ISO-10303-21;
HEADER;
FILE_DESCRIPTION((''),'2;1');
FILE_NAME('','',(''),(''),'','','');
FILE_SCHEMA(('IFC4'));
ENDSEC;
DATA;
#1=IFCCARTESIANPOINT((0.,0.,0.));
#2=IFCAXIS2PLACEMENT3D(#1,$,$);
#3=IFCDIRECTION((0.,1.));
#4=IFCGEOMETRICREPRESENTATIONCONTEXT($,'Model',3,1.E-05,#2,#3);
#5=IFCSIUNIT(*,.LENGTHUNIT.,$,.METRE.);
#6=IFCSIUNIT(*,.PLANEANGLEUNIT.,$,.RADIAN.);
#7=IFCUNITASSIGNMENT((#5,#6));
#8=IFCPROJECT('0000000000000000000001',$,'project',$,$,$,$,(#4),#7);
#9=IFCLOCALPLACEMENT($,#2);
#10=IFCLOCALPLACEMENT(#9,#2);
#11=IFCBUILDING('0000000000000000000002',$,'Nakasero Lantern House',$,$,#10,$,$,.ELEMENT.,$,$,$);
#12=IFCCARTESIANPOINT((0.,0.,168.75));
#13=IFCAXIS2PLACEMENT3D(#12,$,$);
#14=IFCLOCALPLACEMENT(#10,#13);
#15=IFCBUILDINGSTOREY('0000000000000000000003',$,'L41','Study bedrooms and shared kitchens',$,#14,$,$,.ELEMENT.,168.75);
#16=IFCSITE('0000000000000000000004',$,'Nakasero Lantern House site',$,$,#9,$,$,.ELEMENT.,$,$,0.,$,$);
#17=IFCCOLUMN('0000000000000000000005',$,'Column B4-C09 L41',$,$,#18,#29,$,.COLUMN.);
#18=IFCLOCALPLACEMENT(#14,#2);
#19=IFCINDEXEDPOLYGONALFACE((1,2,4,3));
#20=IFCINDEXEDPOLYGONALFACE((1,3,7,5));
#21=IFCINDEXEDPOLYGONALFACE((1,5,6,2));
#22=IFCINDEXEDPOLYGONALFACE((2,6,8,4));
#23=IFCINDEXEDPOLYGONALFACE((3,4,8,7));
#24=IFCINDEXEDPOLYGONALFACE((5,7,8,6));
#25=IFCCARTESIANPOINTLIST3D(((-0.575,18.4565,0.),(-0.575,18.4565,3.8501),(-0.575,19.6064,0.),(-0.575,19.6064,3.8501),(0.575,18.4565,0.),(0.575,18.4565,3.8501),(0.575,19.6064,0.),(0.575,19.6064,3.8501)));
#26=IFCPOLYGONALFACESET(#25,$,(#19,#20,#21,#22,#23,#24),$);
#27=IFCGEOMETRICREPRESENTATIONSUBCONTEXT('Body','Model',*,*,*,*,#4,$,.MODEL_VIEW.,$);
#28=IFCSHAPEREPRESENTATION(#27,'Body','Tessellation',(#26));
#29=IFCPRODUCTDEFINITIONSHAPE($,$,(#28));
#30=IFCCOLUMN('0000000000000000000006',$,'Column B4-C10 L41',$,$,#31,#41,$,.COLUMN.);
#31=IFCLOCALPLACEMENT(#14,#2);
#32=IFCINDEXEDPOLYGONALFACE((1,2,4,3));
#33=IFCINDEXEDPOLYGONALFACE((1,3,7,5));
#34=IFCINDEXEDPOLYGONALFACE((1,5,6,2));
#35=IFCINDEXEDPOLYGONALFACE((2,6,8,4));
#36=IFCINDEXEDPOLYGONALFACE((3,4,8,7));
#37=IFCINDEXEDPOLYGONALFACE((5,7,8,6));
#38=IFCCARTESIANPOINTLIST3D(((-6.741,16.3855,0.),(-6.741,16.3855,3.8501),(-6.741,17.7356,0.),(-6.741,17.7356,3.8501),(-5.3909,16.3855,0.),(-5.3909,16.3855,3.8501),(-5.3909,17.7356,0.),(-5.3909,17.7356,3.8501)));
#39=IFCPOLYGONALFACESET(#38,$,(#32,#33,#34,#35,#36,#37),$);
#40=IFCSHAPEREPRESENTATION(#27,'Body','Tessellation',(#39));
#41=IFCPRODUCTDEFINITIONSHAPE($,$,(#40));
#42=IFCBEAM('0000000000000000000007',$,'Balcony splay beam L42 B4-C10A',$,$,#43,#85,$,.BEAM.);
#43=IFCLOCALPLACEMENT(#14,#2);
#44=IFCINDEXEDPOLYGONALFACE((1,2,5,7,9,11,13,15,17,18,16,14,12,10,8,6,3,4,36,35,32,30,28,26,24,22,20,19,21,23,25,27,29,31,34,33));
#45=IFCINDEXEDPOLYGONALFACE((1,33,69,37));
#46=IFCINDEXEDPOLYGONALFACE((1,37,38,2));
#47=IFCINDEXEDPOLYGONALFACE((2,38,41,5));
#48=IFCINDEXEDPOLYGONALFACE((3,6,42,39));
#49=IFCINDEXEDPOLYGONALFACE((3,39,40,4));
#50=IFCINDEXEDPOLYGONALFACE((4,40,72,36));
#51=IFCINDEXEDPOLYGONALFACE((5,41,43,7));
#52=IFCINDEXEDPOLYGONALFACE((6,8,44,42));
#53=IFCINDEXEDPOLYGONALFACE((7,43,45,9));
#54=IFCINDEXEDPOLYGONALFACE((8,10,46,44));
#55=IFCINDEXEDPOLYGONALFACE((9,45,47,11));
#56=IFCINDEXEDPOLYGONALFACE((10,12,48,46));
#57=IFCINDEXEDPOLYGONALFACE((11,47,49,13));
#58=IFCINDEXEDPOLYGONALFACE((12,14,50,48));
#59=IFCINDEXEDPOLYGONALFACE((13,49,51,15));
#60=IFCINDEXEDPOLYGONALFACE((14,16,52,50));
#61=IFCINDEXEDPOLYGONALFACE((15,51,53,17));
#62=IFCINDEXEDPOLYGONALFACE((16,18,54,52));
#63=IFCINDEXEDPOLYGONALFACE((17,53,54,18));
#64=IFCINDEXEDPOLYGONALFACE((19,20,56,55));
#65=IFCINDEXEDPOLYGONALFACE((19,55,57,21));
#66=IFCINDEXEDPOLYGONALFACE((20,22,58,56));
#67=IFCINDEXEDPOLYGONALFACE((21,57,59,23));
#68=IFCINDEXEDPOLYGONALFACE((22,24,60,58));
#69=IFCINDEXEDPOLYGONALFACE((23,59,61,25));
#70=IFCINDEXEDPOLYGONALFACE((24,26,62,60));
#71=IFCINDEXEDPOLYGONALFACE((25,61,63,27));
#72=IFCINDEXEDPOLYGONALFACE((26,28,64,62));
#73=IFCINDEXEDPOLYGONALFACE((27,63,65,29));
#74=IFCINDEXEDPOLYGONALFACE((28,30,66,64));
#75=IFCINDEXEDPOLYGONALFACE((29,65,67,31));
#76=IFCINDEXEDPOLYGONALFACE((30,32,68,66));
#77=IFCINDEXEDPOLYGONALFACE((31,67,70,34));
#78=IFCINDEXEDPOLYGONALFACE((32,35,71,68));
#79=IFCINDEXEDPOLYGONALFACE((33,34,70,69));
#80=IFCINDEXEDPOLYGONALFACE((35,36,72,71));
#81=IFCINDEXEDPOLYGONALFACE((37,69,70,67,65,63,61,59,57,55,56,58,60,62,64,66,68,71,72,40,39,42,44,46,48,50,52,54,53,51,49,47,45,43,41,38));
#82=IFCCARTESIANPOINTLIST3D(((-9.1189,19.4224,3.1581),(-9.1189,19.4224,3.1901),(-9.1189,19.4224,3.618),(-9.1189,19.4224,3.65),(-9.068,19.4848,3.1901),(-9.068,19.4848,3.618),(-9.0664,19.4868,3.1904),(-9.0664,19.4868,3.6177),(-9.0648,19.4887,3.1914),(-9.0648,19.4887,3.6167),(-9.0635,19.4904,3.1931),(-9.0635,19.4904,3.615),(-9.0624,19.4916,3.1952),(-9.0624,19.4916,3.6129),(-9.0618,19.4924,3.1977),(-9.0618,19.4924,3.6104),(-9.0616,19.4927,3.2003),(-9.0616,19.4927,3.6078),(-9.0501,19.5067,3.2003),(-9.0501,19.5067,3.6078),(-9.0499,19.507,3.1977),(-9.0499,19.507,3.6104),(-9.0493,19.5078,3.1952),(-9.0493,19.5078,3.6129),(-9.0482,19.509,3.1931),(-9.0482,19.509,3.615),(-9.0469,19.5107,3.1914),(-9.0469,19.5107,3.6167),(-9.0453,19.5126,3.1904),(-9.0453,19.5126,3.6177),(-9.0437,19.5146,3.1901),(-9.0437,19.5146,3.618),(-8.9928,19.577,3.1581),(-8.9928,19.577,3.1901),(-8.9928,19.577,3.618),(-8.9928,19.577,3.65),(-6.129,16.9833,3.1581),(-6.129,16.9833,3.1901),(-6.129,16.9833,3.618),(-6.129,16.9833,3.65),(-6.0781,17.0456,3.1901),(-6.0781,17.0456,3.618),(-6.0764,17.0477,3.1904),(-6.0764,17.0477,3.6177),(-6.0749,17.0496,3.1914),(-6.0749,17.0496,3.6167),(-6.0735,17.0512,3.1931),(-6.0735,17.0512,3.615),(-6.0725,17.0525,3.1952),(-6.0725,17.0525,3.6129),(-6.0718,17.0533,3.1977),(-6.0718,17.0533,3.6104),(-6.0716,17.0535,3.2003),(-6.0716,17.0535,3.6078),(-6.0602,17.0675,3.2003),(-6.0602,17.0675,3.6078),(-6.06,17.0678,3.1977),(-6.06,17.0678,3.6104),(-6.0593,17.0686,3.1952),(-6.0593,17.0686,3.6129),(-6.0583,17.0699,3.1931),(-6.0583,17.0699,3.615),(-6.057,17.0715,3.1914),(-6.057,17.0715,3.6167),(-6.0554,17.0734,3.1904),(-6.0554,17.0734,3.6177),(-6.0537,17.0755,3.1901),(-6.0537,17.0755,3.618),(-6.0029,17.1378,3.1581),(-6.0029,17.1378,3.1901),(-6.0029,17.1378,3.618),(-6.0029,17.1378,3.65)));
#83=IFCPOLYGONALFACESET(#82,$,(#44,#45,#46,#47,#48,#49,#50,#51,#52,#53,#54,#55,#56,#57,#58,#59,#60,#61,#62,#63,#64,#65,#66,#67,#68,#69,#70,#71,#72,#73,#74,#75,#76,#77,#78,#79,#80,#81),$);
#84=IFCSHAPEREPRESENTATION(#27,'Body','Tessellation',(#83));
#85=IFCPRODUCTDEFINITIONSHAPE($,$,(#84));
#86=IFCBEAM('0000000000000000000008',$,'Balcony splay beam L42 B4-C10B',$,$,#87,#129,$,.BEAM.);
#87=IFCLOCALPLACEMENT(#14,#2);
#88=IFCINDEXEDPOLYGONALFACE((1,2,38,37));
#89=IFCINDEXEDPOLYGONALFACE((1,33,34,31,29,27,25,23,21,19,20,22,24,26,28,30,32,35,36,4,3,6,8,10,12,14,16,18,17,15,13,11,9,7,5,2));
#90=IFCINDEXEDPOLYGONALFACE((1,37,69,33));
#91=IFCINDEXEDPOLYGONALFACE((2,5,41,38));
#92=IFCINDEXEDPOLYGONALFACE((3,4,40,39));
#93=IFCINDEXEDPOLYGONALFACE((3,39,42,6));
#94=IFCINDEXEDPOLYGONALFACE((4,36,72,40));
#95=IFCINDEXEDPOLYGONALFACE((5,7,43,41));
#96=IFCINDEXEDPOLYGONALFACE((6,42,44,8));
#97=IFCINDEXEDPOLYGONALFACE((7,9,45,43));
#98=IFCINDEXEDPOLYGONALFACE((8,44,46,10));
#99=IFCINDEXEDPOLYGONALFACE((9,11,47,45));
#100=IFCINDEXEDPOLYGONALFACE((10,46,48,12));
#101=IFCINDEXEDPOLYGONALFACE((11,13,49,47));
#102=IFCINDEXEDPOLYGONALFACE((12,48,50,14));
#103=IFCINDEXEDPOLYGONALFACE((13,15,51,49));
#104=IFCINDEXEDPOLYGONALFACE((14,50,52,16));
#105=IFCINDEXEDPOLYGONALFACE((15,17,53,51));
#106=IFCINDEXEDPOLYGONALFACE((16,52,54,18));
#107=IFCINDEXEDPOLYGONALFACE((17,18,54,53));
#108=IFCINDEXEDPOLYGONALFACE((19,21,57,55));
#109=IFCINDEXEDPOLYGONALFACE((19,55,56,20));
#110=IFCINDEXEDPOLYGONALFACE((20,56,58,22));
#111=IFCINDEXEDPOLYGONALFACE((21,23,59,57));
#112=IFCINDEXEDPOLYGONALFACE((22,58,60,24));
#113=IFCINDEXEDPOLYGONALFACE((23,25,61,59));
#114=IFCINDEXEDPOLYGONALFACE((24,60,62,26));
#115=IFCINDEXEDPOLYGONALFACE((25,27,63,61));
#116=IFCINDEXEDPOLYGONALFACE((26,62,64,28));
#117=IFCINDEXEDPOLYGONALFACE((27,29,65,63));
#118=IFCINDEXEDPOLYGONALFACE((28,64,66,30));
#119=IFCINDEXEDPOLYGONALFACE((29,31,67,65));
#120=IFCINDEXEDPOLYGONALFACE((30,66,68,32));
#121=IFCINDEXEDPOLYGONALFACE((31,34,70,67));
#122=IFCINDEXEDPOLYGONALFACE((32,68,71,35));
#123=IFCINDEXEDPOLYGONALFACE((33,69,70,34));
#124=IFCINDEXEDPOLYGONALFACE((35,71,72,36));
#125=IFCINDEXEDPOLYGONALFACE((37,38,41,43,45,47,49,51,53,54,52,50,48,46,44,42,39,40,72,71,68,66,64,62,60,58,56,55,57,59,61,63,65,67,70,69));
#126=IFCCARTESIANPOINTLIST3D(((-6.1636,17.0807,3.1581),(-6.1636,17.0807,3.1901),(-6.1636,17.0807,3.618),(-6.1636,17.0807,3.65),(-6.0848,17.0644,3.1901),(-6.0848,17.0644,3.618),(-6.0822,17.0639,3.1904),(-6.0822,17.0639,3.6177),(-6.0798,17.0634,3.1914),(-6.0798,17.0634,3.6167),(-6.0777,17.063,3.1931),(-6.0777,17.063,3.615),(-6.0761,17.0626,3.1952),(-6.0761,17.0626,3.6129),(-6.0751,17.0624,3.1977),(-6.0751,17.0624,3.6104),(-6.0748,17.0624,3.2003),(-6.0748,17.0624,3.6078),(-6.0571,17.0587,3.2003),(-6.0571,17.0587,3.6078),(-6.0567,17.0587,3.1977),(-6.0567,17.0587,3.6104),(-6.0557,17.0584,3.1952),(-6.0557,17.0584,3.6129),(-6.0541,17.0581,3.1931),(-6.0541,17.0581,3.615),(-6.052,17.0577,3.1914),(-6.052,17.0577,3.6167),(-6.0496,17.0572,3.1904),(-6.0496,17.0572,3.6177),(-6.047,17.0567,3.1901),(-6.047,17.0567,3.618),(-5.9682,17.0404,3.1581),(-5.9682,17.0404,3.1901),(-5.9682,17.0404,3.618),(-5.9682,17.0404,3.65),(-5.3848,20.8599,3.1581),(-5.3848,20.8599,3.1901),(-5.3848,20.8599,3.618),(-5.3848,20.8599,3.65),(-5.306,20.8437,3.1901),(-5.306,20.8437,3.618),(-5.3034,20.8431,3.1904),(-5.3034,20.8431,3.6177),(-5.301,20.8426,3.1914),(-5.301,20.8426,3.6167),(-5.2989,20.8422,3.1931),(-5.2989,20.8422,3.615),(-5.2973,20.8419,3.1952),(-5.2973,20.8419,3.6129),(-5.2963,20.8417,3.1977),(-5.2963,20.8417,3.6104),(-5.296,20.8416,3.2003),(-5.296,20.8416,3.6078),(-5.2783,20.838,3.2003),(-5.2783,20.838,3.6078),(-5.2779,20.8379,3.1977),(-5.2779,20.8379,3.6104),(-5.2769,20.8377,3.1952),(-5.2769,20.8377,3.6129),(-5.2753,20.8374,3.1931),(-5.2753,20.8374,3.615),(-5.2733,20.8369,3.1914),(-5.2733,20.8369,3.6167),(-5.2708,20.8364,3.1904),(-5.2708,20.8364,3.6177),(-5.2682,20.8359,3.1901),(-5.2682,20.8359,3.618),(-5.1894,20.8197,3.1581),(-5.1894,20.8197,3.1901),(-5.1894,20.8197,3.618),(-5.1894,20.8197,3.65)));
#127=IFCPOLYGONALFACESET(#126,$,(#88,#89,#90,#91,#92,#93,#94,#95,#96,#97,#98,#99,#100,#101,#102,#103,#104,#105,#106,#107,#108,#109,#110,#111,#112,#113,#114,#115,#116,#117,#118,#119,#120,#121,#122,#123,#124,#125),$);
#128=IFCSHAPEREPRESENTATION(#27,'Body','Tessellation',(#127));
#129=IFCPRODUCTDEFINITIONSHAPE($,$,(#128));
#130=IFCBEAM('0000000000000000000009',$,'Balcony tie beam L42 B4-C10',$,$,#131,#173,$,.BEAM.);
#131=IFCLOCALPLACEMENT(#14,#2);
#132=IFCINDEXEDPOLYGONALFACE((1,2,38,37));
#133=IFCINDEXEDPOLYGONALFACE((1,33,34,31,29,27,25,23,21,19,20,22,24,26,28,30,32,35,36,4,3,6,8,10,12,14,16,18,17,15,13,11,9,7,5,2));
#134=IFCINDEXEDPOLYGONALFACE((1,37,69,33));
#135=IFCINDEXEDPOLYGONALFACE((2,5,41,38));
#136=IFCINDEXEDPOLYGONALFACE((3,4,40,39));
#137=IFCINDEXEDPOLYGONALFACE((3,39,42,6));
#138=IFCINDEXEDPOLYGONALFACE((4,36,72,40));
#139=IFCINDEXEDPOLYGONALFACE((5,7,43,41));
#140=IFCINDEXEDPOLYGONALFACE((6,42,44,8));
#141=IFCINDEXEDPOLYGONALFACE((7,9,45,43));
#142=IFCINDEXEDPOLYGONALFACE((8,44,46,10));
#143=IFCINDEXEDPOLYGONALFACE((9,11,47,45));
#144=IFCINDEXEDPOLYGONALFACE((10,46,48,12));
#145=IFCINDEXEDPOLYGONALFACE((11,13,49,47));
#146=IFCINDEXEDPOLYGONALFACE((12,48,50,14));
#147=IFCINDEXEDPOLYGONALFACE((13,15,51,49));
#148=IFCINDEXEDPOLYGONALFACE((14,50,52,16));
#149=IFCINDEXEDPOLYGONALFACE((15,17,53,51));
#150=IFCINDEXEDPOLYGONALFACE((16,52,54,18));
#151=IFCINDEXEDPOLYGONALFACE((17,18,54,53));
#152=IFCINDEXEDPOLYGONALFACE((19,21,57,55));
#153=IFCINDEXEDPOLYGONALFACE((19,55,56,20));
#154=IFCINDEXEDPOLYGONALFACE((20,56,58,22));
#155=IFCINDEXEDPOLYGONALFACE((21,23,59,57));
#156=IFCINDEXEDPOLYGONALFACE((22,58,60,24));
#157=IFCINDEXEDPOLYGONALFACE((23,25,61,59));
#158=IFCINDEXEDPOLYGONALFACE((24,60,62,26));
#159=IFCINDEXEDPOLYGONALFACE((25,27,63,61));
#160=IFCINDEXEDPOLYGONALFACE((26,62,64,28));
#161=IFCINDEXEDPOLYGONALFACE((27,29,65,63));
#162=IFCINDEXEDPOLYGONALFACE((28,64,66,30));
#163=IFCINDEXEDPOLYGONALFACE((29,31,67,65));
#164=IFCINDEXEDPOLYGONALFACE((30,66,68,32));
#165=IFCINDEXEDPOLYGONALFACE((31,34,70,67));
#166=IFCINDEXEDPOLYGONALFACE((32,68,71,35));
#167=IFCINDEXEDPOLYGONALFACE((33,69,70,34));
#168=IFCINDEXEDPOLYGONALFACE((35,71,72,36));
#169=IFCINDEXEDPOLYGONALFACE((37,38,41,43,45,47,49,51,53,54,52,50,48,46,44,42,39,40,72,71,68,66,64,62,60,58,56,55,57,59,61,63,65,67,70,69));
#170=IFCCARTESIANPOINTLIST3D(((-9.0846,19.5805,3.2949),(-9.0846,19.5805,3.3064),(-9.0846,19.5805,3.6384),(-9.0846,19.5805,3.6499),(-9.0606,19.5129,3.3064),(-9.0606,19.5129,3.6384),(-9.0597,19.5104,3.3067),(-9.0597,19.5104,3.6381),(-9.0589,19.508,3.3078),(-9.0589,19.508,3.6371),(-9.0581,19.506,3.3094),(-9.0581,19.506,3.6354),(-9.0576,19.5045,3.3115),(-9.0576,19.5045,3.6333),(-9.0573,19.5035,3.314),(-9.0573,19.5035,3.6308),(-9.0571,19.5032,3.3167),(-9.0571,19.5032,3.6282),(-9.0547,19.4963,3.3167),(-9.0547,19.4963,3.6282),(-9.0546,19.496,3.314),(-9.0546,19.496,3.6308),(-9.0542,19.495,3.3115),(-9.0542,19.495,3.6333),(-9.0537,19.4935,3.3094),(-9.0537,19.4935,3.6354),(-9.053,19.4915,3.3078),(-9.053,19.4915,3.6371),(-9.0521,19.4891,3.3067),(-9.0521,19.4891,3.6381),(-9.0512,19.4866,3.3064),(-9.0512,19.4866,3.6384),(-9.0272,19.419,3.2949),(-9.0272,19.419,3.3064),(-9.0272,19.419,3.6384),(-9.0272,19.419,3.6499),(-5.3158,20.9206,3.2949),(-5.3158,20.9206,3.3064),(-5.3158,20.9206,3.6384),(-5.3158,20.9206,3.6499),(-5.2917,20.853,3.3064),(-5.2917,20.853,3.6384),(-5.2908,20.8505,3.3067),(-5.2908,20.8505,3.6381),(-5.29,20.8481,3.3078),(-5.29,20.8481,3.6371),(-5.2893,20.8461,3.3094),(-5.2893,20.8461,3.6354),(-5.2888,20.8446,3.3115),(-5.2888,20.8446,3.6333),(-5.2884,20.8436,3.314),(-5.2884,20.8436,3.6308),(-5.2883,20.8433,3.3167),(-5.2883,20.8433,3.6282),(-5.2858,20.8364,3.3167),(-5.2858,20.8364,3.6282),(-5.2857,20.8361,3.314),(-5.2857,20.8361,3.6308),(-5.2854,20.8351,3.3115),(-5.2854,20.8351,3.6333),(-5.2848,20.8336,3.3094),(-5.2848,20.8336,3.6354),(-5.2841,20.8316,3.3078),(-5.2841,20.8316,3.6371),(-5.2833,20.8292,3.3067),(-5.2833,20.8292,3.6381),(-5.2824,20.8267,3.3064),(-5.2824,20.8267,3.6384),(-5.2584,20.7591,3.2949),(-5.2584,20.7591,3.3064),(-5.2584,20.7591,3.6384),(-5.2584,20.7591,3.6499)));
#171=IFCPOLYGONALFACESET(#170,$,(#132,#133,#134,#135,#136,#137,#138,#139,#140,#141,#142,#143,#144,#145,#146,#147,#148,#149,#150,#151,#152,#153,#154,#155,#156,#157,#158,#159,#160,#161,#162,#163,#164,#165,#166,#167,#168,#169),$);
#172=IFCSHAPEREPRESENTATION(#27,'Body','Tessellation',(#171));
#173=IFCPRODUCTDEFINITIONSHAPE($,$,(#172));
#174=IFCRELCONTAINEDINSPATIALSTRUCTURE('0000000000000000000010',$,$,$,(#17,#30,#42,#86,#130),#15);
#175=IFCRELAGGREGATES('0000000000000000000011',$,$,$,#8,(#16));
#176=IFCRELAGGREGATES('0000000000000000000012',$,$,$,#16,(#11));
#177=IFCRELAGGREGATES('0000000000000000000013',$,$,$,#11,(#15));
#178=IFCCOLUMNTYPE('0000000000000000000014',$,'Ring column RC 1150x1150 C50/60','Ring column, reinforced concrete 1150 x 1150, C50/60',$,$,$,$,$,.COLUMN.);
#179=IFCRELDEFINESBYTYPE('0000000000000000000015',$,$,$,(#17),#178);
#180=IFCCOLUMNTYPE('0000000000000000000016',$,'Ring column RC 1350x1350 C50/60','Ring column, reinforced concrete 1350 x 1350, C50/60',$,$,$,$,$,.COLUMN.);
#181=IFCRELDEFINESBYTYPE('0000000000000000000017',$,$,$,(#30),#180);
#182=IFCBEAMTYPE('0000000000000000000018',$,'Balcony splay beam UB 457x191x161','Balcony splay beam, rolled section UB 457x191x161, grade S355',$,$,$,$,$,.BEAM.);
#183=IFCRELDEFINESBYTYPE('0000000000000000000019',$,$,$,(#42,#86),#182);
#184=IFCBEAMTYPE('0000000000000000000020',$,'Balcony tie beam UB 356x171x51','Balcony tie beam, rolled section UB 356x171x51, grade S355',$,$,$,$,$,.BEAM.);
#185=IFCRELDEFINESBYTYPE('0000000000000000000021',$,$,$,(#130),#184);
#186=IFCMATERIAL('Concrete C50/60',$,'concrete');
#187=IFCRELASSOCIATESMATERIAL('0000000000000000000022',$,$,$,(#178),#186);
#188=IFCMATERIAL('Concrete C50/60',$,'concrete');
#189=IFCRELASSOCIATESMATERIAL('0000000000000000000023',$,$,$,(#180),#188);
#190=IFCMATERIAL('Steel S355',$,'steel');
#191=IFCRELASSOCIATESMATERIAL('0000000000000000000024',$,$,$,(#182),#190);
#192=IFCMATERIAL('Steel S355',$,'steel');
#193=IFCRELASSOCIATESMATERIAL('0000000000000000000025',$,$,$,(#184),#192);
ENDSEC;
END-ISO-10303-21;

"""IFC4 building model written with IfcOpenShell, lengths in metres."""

from ifc_helpers import new_model, si_unit, direction, frame, origin, origin_2d, place, context, subcontext, project, spatial, rectangle, i_section, extrude, material, material_profile, profile_set, type_object, element, save


model = new_model("IFC4")

# Units and contexts
model_context = context("Model", 3, precision=1e-05, world=origin(), true_north=direction((0.0, 1.0)))
body_context = subcontext(model_context, "Body", "Model", "MODEL_VIEW")
ifc_project = project(units=[si_unit("LENGTHUNIT", "METRE"), si_unit("PLANEANGLEUNIT", "RADIAN")], contexts=[model_context])

# Site, building, storey
site_placement = place(None, origin())
site = spatial("IfcSite", under=ifc_project, at=site_placement, Name="Nakasero Lantern House site", CompositionType="ELEMENT", RefElevation=0.0)
building_placement = place(site_placement, origin())
building = spatial("IfcBuilding", under=site, at=building_placement, Name="Nakasero Lantern House", CompositionType="ELEMENT")
storey_placement = place(building_placement, frame((0.0, 0.0, 168.75)))
storey = spatial("IfcBuildingStorey", under=building, at=storey_placement, Name="L41", Description="Study bedrooms and shared kitchens", CompositionType="ELEMENT", Elevation=168.75)

# Columns
ifc_material_1 = material(Name="Concrete C50/60", Category="concrete")
ifc_material_profile_1 = material_profile(ifc_material_1, rectangle(XDim=1.1499, YDim=1.1499, at=origin_2d()), Name="RC 1150x1150")
ifc_profile_set_1 = profile_set([ifc_material_profile_1], Name="Concrete C50/60")
column_type_1 = type_object("IfcColumnType", Name="Ring column RC 1150x1150 C50/60", Description="Ring column, reinforced concrete 1150 x 1150, C50/60", PredefinedType="COLUMN", material=ifc_profile_set_1)
column_1_placement = place(storey_placement, frame((0.0, 19.0315, 0.0), z_axis=(0.0, 0.0, 1.0), x_axis=(1.0, 0.0, 0.0)))
element("IfcColumn", 1, at=column_1_placement, inside=storey, type_object=column_type_1, Name="Column B4-C09 L41", PredefinedType="COLUMN", context=body_context, shape_type="SweptSolid", body=[
    extrude(rectangle(XDim=1.1499, YDim=1.1499, at=origin_2d()), origin(), (0.0, 0.0, 1.0), 3.8501),
])
ifc_material_2 = material(Name="Concrete C50/60", Category="concrete")
ifc_material_profile_2 = material_profile(ifc_material_2, rectangle(XDim=1.3501, YDim=1.3501, at=origin_2d()), Name="RC 1350x1350")
ifc_profile_set_2 = profile_set([ifc_material_profile_2], Name="Concrete C50/60")
column_type_2 = type_object("IfcColumnType", Name="Ring column RC 1350x1350 C50/60", Description="Ring column, reinforced concrete 1350 x 1350, C50/60", PredefinedType="COLUMN", material=ifc_profile_set_2)
column_2_placement = place(storey_placement, frame((-6.0659, 17.0605, 0.0), z_axis=(0.0, 0.0, 1.0), x_axis=(1.0, 0.0, 0.0)))
element("IfcColumn", 2, at=column_2_placement, inside=storey, type_object=column_type_2, Name="Column B4-C10 L41", PredefinedType="COLUMN", context=body_context, shape_type="SweptSolid", body=[
    extrude(rectangle(XDim=1.3501, YDim=1.3501, at=origin_2d()), origin(), (0.0, 0.0, 1.0), 3.8501),
])

# Beams
ifc_material_3 = material(Name="Steel S355", Category="steel")
ifc_material_profile_3 = material_profile(ifc_material_3, i_section(OverallWidth=0.1995, OverallDepth=0.4919, WebThickness=0.0181, FlangeThickness=0.032, FilletRadius=0.0103, at=origin_2d()), Name="UB 457x191x161")
ifc_profile_set_3 = profile_set([ifc_material_profile_3], Name="Steel S355")
beam_type_1 = type_object("IfcBeamType", Name="Balcony splay beam UB 457x191x161", Description="Balcony splay beam, rolled section UB 457x191x161, grade S355", PredefinedType="BEAM", material=ifc_profile_set_3)
for number, where, z_axis, x_axis, name in (
    (3, (-6.0659, 17.0605, 3.4041), (-0.774864, 0.632128, 0.0), (-0.632128, -0.774864, 0.0), "Balcony splay beam L42 B4-C10A"),
    (4, (-6.0659, 17.0605, 3.4041), (0.201831, 0.97942, 0.0), (-0.97942, 0.201831, 0.0), "Balcony splay beam L42 B4-C10B"),
):
    element("IfcBeam", number, at=place(storey_placement, frame(where, z_axis=z_axis, x_axis=x_axis)), inside=storey, type_object=beam_type_1, Name=name, PredefinedType="BEAM", context=body_context, shape_type="SweptSolid", body=[
        extrude(i_section(OverallWidth=0.1995, OverallDepth=0.4919, WebThickness=0.0181, FlangeThickness=0.032, FilletRadius=0.0103, at=origin_2d()), origin(), (0.0, 0.0, 1.0), 3.8586),
    ])
ifc_material_4 = material(Name="Steel S355", Category="steel")
ifc_material_profile_4 = material_profile(ifc_material_4, i_section(OverallWidth=0.1714, OverallDepth=0.355, WebThickness=0.0073, FlangeThickness=0.0115, FilletRadius=0.0103, at=origin_2d()), Name="UB 356x171x51")
ifc_profile_set_4 = profile_set([ifc_material_profile_4], Name="Steel S355")
beam_type_2 = type_object("IfcBeamType", Name="Balcony tie beam UB 356x171x51", Description="Balcony tie beam, rolled section UB 356x171x51, grade S355", PredefinedType="BEAM", material=ifc_profile_set_4)
beam_1_placement = place(storey_placement, frame((-9.0559, 19.4998, 3.4724), z_axis=(0.942209, 0.335025, 0.0), x_axis=(-0.335025, 0.942209, 0.0)))
element("IfcBeam", 5, at=beam_1_placement, inside=storey, type_object=beam_type_2, Name="Balcony tie beam L42 B4-C10", PredefinedType="BEAM", context=body_context, shape_type="SweptSolid", body=[
    extrude(i_section(OverallWidth=0.1714, OverallDepth=0.355, WebThickness=0.0073, FlangeThickness=0.0115, FilletRadius=0.0103, at=origin_2d()), origin(), (0.0, 0.0, 1.0), 4.0),
])

save(model, "model.ifc")
